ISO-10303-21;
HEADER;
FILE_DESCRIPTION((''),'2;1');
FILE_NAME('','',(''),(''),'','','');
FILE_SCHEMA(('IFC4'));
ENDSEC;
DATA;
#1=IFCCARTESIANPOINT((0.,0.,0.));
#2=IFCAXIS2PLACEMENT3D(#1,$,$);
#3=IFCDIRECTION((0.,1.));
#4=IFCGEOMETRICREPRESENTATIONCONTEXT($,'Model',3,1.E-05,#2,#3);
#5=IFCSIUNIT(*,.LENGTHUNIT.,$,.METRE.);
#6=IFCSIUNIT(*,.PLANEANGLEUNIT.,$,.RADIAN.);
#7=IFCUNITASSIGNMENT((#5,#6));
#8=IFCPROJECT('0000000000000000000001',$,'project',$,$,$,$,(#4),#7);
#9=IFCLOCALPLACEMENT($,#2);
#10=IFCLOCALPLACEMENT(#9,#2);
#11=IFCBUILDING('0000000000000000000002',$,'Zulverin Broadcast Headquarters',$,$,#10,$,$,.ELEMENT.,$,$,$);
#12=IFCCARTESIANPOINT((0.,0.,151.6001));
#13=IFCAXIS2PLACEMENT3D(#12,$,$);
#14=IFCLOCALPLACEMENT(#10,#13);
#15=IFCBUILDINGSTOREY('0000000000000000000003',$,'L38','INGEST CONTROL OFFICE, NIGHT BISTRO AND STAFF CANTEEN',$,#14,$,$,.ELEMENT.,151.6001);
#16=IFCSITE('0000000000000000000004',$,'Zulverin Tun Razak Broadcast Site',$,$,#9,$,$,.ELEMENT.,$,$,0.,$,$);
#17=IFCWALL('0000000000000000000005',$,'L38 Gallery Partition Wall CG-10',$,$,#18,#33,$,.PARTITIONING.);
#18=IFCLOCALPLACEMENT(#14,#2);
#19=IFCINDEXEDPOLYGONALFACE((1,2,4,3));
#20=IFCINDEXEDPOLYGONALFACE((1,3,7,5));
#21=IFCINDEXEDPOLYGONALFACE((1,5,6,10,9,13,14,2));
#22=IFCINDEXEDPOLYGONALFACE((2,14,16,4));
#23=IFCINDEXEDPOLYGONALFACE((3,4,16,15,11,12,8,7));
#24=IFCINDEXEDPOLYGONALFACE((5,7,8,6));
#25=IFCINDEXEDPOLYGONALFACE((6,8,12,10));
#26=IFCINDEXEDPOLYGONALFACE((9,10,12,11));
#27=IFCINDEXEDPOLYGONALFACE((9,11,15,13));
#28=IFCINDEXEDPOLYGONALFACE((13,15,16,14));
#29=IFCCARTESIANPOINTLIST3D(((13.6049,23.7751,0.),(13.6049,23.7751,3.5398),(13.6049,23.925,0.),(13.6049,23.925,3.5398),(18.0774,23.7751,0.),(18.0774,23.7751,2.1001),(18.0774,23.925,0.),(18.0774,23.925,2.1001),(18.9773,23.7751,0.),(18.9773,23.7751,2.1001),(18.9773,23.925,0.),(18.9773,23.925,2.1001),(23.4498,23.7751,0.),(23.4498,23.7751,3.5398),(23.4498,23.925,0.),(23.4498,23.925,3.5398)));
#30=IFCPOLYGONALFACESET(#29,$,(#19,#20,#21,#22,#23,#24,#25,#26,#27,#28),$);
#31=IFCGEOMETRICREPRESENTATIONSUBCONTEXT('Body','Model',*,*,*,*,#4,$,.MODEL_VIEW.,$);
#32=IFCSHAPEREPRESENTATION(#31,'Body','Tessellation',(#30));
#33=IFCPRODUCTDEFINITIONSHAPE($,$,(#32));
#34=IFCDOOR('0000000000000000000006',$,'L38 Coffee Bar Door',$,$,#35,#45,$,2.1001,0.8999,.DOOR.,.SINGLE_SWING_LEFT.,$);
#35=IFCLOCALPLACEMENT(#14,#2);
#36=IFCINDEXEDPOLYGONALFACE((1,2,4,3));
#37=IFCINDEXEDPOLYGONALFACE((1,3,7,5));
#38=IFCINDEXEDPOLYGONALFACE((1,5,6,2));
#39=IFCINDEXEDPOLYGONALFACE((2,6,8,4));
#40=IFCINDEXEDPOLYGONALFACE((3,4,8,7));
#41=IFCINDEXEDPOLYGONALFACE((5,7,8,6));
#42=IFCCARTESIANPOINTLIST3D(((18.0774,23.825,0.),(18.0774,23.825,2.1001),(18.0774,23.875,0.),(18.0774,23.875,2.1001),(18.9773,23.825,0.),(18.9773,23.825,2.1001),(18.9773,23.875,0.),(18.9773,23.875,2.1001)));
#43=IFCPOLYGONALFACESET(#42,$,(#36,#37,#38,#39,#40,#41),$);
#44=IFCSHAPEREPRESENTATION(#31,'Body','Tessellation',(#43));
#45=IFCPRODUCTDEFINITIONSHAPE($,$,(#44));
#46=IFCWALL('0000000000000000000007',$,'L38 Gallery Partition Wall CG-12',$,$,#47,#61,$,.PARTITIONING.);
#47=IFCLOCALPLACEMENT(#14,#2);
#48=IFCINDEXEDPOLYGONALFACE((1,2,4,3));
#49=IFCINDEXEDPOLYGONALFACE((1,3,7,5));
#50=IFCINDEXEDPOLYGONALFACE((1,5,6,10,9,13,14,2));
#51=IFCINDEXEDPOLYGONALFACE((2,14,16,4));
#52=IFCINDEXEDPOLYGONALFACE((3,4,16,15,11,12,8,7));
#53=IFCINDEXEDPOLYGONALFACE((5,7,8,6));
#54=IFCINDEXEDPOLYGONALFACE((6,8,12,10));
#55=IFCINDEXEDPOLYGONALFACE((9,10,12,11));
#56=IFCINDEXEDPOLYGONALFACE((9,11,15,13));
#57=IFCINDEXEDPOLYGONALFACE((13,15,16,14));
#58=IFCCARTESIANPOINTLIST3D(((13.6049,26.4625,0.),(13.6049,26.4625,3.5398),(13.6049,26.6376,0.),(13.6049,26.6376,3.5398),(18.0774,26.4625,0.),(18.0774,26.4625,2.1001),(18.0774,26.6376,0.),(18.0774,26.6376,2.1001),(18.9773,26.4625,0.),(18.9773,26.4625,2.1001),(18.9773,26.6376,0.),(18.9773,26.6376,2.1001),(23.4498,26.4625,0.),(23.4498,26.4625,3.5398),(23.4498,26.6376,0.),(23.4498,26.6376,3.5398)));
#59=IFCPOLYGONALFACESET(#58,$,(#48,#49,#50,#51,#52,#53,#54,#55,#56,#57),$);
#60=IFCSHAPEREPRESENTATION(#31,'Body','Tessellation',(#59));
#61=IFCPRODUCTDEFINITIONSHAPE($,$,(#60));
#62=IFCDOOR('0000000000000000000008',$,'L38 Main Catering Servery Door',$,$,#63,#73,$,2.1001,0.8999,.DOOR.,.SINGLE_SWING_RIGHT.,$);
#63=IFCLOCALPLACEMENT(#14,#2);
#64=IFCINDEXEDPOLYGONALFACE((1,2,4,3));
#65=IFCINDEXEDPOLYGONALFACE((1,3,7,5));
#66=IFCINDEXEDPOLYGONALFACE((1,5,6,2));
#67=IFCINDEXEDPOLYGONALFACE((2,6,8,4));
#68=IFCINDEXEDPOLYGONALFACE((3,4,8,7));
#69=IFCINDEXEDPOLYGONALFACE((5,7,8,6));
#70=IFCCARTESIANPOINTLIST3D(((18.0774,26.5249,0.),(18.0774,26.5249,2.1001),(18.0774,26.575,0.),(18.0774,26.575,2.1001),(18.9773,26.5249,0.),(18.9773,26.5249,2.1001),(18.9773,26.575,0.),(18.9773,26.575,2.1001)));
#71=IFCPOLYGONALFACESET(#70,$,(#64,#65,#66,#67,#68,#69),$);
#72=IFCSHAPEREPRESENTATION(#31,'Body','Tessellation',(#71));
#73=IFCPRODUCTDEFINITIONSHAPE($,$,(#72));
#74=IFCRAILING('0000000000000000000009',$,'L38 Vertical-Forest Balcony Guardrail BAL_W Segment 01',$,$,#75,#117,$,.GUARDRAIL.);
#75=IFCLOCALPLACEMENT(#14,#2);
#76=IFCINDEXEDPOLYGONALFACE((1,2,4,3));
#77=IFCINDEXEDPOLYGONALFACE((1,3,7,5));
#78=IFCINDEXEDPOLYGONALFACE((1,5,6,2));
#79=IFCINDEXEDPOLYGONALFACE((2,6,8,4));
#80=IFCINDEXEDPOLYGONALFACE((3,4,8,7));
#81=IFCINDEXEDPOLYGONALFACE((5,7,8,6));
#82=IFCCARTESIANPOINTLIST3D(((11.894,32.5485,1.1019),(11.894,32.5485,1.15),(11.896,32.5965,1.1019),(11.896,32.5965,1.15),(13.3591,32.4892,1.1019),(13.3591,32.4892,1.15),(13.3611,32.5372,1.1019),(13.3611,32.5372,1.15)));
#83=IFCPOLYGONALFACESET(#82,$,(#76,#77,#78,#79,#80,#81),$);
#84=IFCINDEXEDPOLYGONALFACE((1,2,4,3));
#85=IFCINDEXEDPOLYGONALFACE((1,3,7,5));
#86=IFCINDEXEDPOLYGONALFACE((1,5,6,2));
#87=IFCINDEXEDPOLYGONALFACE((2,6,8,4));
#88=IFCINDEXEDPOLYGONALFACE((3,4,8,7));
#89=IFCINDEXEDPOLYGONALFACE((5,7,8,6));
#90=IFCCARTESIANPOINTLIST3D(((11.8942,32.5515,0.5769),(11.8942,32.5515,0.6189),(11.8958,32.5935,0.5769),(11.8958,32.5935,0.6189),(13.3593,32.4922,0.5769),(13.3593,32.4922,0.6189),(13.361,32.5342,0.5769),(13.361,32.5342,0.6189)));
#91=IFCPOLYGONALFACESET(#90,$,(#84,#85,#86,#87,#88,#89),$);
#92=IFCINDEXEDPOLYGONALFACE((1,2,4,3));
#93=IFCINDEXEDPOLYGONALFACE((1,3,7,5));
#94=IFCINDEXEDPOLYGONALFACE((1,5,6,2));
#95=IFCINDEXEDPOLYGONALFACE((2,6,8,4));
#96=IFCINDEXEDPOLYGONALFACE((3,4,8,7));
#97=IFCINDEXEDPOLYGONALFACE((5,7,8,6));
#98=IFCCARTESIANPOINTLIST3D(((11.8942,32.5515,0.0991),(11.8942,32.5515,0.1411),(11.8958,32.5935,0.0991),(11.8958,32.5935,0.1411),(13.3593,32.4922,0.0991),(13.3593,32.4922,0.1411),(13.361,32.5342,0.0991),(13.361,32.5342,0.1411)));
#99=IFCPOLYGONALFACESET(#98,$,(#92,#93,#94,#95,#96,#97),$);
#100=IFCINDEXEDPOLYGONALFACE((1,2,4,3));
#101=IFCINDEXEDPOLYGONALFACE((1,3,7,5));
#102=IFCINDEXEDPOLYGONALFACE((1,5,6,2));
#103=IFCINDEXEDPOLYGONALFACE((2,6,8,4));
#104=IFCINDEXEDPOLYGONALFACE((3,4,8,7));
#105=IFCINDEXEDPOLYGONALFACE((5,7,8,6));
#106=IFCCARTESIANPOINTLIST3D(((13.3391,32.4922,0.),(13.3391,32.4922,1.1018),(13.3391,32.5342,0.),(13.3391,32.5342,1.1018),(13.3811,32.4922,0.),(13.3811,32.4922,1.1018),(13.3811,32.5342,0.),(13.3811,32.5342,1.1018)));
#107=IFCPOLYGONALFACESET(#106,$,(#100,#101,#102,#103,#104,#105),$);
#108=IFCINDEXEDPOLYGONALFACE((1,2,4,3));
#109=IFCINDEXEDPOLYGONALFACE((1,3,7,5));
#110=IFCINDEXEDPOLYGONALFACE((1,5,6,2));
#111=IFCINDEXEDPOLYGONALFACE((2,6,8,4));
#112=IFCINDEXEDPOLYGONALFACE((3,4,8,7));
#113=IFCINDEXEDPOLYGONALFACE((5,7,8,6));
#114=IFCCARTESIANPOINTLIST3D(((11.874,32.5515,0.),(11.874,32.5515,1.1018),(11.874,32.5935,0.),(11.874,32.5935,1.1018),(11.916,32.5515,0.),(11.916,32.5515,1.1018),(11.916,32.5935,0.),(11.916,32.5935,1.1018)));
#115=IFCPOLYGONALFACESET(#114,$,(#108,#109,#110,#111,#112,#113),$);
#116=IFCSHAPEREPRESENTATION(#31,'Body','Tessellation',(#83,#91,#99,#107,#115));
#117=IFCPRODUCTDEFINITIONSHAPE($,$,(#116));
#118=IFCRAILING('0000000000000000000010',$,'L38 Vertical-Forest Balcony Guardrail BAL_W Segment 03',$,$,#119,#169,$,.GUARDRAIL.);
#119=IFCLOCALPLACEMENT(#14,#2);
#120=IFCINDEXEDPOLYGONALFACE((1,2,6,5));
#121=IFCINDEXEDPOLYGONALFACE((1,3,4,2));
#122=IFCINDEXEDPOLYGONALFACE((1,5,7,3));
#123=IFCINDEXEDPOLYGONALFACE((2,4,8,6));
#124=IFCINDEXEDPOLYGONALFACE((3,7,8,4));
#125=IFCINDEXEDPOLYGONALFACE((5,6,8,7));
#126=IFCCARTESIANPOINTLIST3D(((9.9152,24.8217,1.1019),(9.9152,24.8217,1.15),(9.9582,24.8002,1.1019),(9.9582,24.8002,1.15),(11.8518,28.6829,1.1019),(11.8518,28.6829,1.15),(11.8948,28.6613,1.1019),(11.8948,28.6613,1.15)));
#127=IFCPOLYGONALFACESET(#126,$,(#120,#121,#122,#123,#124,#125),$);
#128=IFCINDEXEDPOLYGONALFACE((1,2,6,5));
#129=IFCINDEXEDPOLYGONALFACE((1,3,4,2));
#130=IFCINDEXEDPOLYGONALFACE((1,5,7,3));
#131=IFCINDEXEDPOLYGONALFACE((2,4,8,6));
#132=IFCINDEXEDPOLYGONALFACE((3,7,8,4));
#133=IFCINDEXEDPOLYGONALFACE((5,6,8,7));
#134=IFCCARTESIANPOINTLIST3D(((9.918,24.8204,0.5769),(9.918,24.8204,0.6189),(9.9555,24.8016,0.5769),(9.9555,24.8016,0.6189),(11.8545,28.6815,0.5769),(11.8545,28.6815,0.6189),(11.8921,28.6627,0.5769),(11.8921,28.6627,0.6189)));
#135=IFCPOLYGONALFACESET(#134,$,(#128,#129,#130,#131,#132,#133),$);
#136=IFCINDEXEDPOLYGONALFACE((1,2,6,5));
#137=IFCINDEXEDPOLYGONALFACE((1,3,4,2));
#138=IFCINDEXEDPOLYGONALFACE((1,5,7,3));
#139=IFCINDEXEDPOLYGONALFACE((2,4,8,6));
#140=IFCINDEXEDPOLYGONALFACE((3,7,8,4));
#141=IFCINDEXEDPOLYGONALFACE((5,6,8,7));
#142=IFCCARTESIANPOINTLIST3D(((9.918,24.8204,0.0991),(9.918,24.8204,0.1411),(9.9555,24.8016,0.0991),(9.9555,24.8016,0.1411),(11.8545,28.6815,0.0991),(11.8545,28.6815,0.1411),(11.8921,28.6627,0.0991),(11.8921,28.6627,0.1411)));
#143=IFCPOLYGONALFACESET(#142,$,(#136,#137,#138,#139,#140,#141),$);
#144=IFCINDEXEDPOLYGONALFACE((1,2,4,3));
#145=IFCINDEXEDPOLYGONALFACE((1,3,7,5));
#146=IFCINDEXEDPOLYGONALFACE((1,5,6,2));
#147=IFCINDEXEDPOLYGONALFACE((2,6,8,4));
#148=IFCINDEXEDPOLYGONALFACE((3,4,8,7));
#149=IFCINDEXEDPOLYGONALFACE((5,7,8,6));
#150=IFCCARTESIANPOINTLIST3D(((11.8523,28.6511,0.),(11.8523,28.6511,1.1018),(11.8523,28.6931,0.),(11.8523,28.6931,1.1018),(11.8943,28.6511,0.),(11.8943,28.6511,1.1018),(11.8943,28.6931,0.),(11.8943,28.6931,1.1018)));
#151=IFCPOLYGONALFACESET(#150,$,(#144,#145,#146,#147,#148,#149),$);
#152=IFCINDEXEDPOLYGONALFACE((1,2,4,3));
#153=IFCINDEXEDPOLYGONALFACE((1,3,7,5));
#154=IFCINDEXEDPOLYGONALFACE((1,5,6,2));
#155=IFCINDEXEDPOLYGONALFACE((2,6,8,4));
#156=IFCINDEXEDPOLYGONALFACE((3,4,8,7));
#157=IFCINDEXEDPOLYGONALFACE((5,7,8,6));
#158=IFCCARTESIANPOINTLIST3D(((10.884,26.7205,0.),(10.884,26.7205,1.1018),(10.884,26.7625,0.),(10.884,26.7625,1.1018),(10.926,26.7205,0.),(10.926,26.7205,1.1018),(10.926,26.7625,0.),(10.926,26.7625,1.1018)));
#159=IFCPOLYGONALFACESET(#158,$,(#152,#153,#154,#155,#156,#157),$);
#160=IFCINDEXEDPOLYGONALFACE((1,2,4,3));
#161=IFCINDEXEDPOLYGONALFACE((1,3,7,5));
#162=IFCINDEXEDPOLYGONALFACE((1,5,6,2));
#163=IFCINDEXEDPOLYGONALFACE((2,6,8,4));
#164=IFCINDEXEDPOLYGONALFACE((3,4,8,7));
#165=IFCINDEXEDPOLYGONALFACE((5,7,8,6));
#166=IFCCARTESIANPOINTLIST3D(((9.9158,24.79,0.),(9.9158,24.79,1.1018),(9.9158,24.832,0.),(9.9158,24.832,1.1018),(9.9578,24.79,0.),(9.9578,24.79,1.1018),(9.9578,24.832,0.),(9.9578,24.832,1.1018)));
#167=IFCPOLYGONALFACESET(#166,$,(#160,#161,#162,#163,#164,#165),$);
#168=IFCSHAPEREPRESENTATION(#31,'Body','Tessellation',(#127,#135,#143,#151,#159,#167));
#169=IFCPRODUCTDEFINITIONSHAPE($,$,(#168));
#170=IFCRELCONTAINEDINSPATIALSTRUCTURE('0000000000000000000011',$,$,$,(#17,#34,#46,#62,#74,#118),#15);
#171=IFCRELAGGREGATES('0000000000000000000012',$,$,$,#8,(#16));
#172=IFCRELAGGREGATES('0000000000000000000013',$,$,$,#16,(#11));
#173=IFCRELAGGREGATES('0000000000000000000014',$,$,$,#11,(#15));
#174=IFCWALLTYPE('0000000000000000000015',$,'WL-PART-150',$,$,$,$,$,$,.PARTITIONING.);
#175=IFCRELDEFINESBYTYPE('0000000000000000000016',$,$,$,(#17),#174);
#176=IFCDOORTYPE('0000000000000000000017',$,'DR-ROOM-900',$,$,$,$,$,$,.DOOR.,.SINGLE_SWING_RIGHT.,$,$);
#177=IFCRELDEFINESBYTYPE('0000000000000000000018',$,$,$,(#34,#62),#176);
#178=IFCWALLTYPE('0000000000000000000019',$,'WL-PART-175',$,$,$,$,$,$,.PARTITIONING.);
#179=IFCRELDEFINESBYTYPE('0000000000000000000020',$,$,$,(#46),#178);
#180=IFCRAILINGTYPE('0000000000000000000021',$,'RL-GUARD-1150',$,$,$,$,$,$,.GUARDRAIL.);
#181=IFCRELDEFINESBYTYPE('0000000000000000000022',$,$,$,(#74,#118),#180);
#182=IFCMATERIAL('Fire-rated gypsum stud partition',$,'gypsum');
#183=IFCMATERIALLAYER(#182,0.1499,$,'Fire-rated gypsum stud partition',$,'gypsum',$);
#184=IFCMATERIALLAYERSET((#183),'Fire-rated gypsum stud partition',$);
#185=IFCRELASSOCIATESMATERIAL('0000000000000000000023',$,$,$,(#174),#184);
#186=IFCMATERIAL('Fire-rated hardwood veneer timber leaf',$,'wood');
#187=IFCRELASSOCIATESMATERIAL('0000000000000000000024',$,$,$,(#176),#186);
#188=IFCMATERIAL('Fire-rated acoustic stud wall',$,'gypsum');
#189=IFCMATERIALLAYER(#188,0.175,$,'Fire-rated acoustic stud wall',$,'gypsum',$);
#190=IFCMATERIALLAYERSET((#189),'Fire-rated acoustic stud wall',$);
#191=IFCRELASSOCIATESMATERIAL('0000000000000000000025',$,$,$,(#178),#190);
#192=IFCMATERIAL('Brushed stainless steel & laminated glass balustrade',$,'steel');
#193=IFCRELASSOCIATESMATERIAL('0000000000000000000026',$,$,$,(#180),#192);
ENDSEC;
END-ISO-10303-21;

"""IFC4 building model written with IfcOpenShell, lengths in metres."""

from ifc_helpers import new_model, si_unit, direction, frame, frame_2d, origin, origin_2d, place, context, subcontext, project, spatial, rectangle, extrude, material, layer, layer_set, type_object, element, fill, save


model = new_model("IFC4")

# Units and contexts
model_context = context("Model", 3, precision=1e-05, world=origin(), true_north=direction((0.0, 1.0)))
body_context = subcontext(model_context, "Body", "Model", "MODEL_VIEW")
ifc_project = project(units=[si_unit("LENGTHUNIT", "METRE"), si_unit("PLANEANGLEUNIT", "RADIAN")], contexts=[model_context])

# Site, building, storey
site_placement = place(None, origin())
site = spatial("IfcSite", under=ifc_project, at=site_placement, Name="Zulverin Tun Razak Broadcast Site", CompositionType="ELEMENT", RefElevation=0.0)
building_placement = place(site_placement, origin())
building = spatial("IfcBuilding", under=site, at=building_placement, Name="Zulverin Broadcast Headquarters", CompositionType="ELEMENT")
storey_placement = place(building_placement, frame((0.0, 0.0, 151.6001)))
storey = spatial("IfcBuildingStorey", under=building, at=storey_placement, Name="L38", Description="INGEST CONTROL OFFICE, NIGHT BISTRO AND STAFF CANTEEN", CompositionType="ELEMENT", Elevation=151.6001)

# Shared definitions
ifc_material_1 = material(Name="Fire-rated gypsum stud partition", Category="gypsum")
ifc_layer_1 = layer(ifc_material_1, 0.1499, Name="Fire-rated gypsum stud partition", Category="gypsum")
ifc_layer_set_1 = layer_set([ifc_layer_1], Name="Fire-rated gypsum stud partition")
wall_type_1 = type_object("IfcWallType", Name="WL-PART-150", PredefinedType="PARTITIONING", material=ifc_layer_set_1)

# Walls, openings, doors
wall_1_placement = place(storey_placement, frame((13.605, 23.8501, 0.0), z_axis=(0.0, 0.0, 1.0), x_axis=(1.0, 0.0, 0.0)))
wall_1 = element("IfcWall", 1, at=wall_1_placement, inside=storey, type_object=wall_type_1, Name="L38 Gallery Partition Wall CG-10", PredefinedType="PARTITIONING", context=body_context, shape_type="SweptSolid", body=[
    extrude(rectangle(XDim=9.845, YDim=0.1499, at=frame_2d((4.9224, 0.0))), origin(), (0.0, 0.0, 1.0), 3.5398),
])
opening_1_placement = place(wall_1_placement, frame((4.4724, 0.0, 0.0)))
opening_1 = element("IfcOpeningElement", 2, at=opening_1_placement, cuts=wall_1, PredefinedType="OPENING", context=body_context, shape_type="SweptSolid", body=[
    extrude(rectangle(XDim=0.8999, YDim=2.1001, at=frame_2d((0.45, 1.05))), frame((0.0, 0.085, 0.0), z_axis=(0.0, -1.0, 0.0), x_axis=(1.0, 0.0, 0.0)), (0.0, 0.0, 1.0), 0.1699),
])
ifc_material_2 = material(Name="Fire-rated hardwood veneer timber leaf", Category="wood")
door_type_1 = type_object("IfcDoorType", Name="DR-ROOM-900", OperationType="SINGLE_SWING_RIGHT", PredefinedType="DOOR", material=ifc_material_2)
door_1_placement = place(opening_1_placement, origin())
door_1 = element("IfcDoor", 3, at=door_1_placement, inside=storey, type_object=door_type_1, Name="L38 Coffee Bar Door", OperationType="SINGLE_SWING_LEFT", OverallHeight=2.1001, OverallWidth=0.8999, PredefinedType="DOOR", context=body_context, shape_type="SweptSolid", body=[
    extrude(rectangle(XDim=0.8999, YDim=2.1001, at=frame_2d((0.45, 1.05))), frame((0.0, 0.0249, 0.0), z_axis=(0.0, -1.0, 0.0), x_axis=(1.0, 0.0, 0.0)), (0.0, 0.0, 1.0), 0.05),
])
fill(opening_1, door_1)
ifc_material_3 = material(Name="Fire-rated acoustic stud wall", Category="gypsum")
ifc_layer_2 = layer(ifc_material_3, 0.175, Name="Fire-rated acoustic stud wall", Category="gypsum")
ifc_layer_set_2 = layer_set([ifc_layer_2], Name="Fire-rated acoustic stud wall")
wall_type_2 = type_object("IfcWallType", Name="WL-PART-175", PredefinedType="PARTITIONING", material=ifc_layer_set_2)
wall_2_placement = place(storey_placement, frame((13.605, 26.55, 0.0), z_axis=(0.0, 0.0, 1.0), x_axis=(1.0, 0.0, 0.0)))
wall_2 = element("IfcWall", 4, at=wall_2_placement, inside=storey, type_object=wall_type_2, Name="L38 Gallery Partition Wall CG-12", PredefinedType="PARTITIONING", context=body_context, shape_type="SweptSolid", body=[
    extrude(rectangle(XDim=9.845, YDim=0.175, at=frame_2d((4.9224, 0.0))), origin(), (0.0, 0.0, 1.0), 3.5398),
])
opening_2_placement = place(wall_2_placement, frame((4.4724, 0.0, 0.0)))
opening_2 = element("IfcOpeningElement", 5, at=opening_2_placement, cuts=wall_2, PredefinedType="OPENING", context=body_context, shape_type="SweptSolid", body=[
    extrude(rectangle(XDim=0.8999, YDim=2.1001, at=frame_2d((0.45, 1.05))), frame((0.0, 0.0974, 0.0), z_axis=(0.0, -1.0, 0.0), x_axis=(1.0, 0.0, 0.0)), (0.0, 0.0, 1.0), 0.1951),
])
door_2_placement = place(opening_2_placement, origin())
door_2 = element("IfcDoor", 6, at=door_2_placement, inside=storey, type_object=door_type_1, Name="L38 Main Catering Servery Door", OperationType="SINGLE_SWING_RIGHT", OverallHeight=2.1001, OverallWidth=0.8999, PredefinedType="DOOR", context=body_context, shape_type="SweptSolid", body=[
    extrude(rectangle(XDim=0.8999, YDim=2.1001, at=frame_2d((0.45, 1.05))), frame((0.0, 0.0249, 0.0), z_axis=(0.0, -1.0, 0.0), x_axis=(1.0, 0.0, 0.0)), (0.0, 0.0, 1.0), 0.05),
])
fill(opening_2, door_2)

# Railings
ifc_material_4 = material(Name="Brushed stainless steel & laminated glass balustrade", Category="steel")
railing_type = type_object("IfcRailingType", Name="RL-GUARD-1150", PredefinedType="GUARDRAIL", material=ifc_material_4)
railing_1_placement = place(storey_placement, frame((13.3601, 32.5132, 0.0)))
element("IfcRailing", 7, at=railing_1_placement, inside=storey, type_object=railing_type, Name="L38 Vertical-Forest Balcony Guardrail BAL_W Segment 01", PredefinedType="GUARDRAIL", context=body_context, shape_type="SweptSolid", body=[
    extrude(rectangle(XDim=0.0481, YDim=0.0481, at=origin_2d()), frame((0.0, 0.0, 1.126), z_axis=(-0.999181, 0.04046, 0.0), x_axis=(-0.04046, -0.999181, 0.0)), (0.0, 0.0, 1.0), 1.4663),
    extrude(rectangle(XDim=0.042, YDim=0.042, at=origin_2d()), frame((0.0, 0.0, 0.5979), z_axis=(-0.999181, 0.04046, 0.0), x_axis=(-0.04046, -0.999181, 0.0)), (0.0, 0.0, 1.0), 1.4663),
    extrude(rectangle(XDim=0.042, YDim=0.042, at=origin_2d()), frame((0.0, 0.0, 0.1201), z_axis=(-0.999181, 0.04046, 0.0), x_axis=(-0.04046, -0.999181, 0.0)), (0.0, 0.0, 1.0), 1.4663),
    extrude(rectangle(XDim=0.042, YDim=0.042, at=origin_2d()), origin(), (0.0, 0.0, 1.0), 1.1018),
    extrude(rectangle(XDim=0.042, YDim=0.042, at=origin_2d()), frame((-1.4651, 0.0593, 0.0)), (0.0, 0.0, 1.0), 1.1018),
])
railing_2_placement = place(storey_placement, frame((11.8733, 28.6721, 0.0)))
element("IfcRailing", 8, at=railing_2_placement, inside=storey, type_object=railing_type, Name="L38 Vertical-Forest Balcony Guardrail BAL_W Segment 03", PredefinedType="GUARDRAIL", context=body_context, shape_type="SweptSolid", body=[
    extrude(rectangle(XDim=0.0481, YDim=0.0481, at=origin_2d()), frame((0.0, 0.0, 1.126), z_axis=(-0.448321, -0.893873, 0.0), x_axis=(0.893873, -0.448321, 0.0)), (0.0, 0.0, 1.0), 4.3196),
    extrude(rectangle(XDim=0.042, YDim=0.042, at=origin_2d()), frame((0.0, 0.0, 0.5979), z_axis=(-0.448321, -0.893873, 0.0), x_axis=(0.893873, -0.448321, 0.0)), (0.0, 0.0, 1.0), 4.3196),
    extrude(rectangle(XDim=0.042, YDim=0.042, at=origin_2d()), frame((0.0, 0.0, 0.1201), z_axis=(-0.448321, -0.893873, 0.0), x_axis=(0.893873, -0.448321, 0.0)), (0.0, 0.0, 1.0), 4.3196),
    extrude(rectangle(XDim=0.042, YDim=0.042, at=origin_2d()), origin(), (0.0, 0.0, 1.0), 1.1018),
    extrude(rectangle(XDim=0.042, YDim=0.042, at=origin_2d()), frame((-0.9683, -1.9307, 0.0)), (0.0, 0.0, 1.0), 1.1018),
    extrude(rectangle(XDim=0.042, YDim=0.042, at=origin_2d()), frame((-1.9365, -3.8611, 0.0)), (0.0, 0.0, 1.0), 1.1018),
])

save(model, "model.ifc")
